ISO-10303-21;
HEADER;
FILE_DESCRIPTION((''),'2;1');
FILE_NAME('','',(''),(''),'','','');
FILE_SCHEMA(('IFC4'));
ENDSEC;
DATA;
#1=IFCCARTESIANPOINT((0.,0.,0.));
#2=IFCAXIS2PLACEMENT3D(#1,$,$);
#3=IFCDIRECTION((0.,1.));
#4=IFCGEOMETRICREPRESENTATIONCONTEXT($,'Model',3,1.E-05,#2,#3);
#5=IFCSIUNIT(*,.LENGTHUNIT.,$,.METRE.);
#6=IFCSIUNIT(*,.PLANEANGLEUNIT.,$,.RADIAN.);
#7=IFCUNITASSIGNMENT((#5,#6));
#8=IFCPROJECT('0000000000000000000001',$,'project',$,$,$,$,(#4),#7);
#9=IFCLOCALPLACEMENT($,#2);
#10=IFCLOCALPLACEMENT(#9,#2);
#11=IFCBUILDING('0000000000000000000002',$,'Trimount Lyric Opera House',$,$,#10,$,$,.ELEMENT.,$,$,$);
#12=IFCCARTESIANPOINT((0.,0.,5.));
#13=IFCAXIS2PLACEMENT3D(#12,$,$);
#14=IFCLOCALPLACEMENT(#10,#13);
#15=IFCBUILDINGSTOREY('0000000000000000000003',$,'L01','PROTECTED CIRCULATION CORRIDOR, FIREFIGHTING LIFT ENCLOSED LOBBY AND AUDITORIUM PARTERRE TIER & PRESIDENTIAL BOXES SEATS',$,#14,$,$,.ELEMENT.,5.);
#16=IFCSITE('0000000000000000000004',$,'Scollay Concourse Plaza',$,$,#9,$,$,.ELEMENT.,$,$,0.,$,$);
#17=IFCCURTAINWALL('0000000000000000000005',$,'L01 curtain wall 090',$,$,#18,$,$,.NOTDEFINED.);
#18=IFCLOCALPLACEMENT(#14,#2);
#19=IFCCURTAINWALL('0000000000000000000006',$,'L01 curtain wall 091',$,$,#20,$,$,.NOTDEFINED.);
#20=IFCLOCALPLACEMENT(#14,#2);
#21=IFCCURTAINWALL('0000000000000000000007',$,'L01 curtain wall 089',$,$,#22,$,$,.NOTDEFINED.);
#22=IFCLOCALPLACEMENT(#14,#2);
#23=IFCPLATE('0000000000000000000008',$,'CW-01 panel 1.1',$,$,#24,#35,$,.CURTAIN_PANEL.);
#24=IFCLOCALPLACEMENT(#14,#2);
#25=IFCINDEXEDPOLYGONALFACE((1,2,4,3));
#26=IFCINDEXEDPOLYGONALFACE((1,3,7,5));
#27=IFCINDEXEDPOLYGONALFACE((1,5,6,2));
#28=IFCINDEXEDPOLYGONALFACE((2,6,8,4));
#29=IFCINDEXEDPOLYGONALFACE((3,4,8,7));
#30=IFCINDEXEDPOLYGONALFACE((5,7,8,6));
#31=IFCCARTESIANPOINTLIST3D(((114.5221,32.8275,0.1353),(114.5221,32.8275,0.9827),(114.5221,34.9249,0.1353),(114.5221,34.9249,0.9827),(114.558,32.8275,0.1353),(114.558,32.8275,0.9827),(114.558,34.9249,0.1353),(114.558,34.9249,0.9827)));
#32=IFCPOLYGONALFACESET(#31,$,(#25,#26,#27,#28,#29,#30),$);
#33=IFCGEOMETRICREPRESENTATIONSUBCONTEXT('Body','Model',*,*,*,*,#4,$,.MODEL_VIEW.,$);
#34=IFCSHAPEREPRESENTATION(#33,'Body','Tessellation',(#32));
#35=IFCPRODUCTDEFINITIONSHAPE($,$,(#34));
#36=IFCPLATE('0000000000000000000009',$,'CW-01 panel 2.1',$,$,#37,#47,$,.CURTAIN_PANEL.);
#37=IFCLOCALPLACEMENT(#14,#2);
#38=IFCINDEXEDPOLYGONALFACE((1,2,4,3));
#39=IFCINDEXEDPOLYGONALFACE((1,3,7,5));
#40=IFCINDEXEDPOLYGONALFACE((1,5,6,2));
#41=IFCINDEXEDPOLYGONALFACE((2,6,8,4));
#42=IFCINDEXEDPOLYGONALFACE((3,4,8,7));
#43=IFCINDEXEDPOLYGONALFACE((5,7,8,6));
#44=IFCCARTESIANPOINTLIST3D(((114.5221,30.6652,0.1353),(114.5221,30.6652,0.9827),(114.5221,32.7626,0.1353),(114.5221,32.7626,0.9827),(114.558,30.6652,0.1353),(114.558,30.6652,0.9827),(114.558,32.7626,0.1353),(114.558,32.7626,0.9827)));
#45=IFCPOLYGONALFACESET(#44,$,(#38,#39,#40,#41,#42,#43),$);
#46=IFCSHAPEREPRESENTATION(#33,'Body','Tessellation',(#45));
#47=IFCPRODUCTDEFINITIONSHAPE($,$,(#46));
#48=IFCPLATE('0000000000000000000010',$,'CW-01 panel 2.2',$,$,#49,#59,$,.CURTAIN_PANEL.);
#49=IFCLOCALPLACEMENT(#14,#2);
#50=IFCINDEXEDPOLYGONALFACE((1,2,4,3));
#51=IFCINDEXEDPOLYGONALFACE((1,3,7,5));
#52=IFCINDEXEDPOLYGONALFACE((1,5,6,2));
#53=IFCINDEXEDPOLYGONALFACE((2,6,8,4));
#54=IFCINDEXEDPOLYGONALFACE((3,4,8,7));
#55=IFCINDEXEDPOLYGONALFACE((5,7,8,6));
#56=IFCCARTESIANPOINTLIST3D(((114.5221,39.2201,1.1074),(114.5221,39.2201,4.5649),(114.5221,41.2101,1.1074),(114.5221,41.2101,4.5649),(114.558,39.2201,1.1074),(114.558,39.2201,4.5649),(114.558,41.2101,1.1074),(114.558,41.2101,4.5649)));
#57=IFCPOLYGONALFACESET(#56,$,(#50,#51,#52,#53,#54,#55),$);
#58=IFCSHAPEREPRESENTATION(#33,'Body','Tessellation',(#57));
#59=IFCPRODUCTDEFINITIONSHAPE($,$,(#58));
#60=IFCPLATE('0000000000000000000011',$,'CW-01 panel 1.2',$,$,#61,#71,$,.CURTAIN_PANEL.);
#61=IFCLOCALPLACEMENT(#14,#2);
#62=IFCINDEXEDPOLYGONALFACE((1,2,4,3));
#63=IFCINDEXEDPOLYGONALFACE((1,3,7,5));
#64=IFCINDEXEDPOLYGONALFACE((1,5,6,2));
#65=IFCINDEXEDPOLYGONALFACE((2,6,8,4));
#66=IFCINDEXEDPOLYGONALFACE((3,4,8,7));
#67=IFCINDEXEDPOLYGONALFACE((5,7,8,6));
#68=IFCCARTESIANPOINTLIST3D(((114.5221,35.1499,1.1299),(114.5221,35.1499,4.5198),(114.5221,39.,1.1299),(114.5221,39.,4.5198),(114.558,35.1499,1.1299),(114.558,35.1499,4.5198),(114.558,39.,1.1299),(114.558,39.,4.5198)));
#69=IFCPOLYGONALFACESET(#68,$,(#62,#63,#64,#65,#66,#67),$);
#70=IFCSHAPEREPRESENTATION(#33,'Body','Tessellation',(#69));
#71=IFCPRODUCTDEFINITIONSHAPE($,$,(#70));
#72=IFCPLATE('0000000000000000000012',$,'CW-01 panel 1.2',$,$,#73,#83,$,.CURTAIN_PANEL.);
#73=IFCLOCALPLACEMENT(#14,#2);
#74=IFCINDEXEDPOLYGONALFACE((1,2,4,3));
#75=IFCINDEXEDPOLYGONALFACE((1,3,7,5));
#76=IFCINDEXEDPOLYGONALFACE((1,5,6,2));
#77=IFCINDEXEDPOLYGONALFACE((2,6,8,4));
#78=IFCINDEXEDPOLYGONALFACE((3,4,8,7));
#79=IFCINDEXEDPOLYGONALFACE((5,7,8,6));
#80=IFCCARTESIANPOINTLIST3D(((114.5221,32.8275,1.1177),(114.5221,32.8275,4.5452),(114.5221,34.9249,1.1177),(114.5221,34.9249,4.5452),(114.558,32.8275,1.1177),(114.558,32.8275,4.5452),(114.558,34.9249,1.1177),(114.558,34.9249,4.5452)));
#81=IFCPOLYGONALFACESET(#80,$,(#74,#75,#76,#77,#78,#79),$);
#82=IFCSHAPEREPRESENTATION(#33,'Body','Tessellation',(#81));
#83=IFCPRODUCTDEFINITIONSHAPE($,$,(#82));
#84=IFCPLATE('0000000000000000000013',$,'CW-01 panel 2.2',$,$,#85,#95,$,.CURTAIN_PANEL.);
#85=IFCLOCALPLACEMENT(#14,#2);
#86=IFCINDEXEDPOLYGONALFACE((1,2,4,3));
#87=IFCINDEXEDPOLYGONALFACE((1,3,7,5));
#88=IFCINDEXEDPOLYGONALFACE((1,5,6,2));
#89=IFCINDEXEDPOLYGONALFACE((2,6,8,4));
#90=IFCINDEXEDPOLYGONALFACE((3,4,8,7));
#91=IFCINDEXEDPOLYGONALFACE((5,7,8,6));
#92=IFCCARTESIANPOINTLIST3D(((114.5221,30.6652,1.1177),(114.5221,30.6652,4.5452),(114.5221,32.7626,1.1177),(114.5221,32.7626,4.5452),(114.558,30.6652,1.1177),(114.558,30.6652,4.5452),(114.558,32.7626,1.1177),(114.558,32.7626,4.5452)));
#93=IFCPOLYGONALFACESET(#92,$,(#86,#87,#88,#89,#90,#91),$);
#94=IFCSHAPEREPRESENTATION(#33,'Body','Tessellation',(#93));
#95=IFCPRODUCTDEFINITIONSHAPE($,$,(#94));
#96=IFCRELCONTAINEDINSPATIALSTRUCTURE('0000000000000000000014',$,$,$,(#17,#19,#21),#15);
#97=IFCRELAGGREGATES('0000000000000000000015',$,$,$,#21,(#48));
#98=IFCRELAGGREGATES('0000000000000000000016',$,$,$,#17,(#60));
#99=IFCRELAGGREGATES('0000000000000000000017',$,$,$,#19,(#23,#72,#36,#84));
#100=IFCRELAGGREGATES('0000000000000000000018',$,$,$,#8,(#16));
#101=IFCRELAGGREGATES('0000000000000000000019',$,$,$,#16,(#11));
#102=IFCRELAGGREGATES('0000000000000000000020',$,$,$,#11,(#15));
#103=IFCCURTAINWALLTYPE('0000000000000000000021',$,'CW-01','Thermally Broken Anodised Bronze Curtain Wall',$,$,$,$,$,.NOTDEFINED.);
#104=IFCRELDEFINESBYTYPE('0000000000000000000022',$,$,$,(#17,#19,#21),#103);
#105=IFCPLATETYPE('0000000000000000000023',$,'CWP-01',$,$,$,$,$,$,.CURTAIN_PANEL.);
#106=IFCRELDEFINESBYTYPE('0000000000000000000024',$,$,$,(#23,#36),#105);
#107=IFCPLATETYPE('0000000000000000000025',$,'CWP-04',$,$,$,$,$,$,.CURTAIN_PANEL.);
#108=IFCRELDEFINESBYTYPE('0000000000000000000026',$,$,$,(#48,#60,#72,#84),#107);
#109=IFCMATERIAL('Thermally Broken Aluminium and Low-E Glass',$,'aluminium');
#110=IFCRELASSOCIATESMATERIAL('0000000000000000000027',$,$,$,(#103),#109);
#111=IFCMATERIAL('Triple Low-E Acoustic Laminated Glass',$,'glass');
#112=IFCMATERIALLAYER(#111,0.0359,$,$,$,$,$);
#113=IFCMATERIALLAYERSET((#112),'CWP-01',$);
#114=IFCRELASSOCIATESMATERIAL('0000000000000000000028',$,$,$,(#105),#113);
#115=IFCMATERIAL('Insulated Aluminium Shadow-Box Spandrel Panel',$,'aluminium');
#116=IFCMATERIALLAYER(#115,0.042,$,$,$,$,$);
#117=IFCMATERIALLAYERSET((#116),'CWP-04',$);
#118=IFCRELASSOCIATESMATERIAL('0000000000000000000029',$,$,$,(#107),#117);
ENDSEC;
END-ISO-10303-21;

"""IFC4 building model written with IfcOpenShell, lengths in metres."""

from ifc_helpers import new_model, si_unit, direction, frame, origin, origin_2d, place, context, subcontext, project, spatial, rectangle, extrude, material, layer, layer_set, type_object, element, aggregate, save


model = new_model("IFC4")

# Units and contexts
model_context = context("Model", 3, precision=1e-05, world=origin(), true_north=direction((0.0, 1.0)))
body_context = subcontext(model_context, "Body", "Model", "MODEL_VIEW")
ifc_project = project(units=[si_unit("LENGTHUNIT", "METRE"), si_unit("PLANEANGLEUNIT", "RADIAN")], contexts=[model_context])

# Site, building, storey
site_placement = place(None, origin())
site = spatial("IfcSite", under=ifc_project, at=site_placement, Name="Scollay Concourse Plaza", CompositionType="ELEMENT", RefElevation=0.0)
building_placement = place(site_placement, origin())
building = spatial("IfcBuilding", under=site, at=building_placement, Name="Trimount Lyric Opera House", CompositionType="ELEMENT")
storey_placement = place(building_placement, frame((0.0, 0.0, 5.0)))
storey = spatial("IfcBuildingStorey", under=building, at=storey_placement, Name="L01", Description="PROTECTED CIRCULATION CORRIDOR, FIREFIGHTING LIFT ENCLOSED LOBBY AND AUDITORIUM PARTERRE TIER & PRESIDENTIAL BOXES SEATS", CompositionType="ELEMENT", Elevation=5.0)

# Curtain walls
ifc_material_1 = material(Name="Thermally Broken Aluminium and Low-E Glass", Category="aluminium")
curtain_wall_type = type_object("IfcCurtainWallType", Name="CW-01", Description="Thermally Broken Anodised Bronze Curtain Wall", PredefinedType="NOTDEFINED", material=ifc_material_1)
curtain_wall_1_placement = place(storey_placement, origin())
curtain_wall_1 = element("IfcCurtainWall", 1, at=curtain_wall_1_placement, inside=storey, type_object=curtain_wall_type, Name="L01 curtain wall 090", PredefinedType="NOTDEFINED")
curtain_wall_2_placement = place(storey_placement, origin())
curtain_wall_2 = element("IfcCurtainWall", 2, at=curtain_wall_2_placement, inside=storey, type_object=curtain_wall_type, Name="L01 curtain wall 091", PredefinedType="NOTDEFINED")
curtain_wall_3_placement = place(storey_placement, origin())
curtain_wall_3 = element("IfcCurtainWall", 3, at=curtain_wall_3_placement, inside=storey, type_object=curtain_wall_type, Name="L01 curtain wall 089", PredefinedType="NOTDEFINED")

# Plates
ifc_material_2 = material(Name="Triple Low-E Acoustic Laminated Glass", Category="glass")
ifc_layer_1 = layer(ifc_material_2, 0.0359)
ifc_layer_set_1 = layer_set([ifc_layer_1], Name="CWP-01")
plate_type_1 = type_object("IfcPlateType", Name="CWP-01", PredefinedType="CURTAIN_PANEL", material=ifc_layer_set_1)
plate_1_placement = place(storey_placement, frame((114.54, 33.8762, 0.1353), z_axis=(0.0, 0.0, 1.0), x_axis=(0.0, -1.0, 0.0)))
plate_1 = element("IfcPlate", 4, at=plate_1_placement, type_object=plate_type_1, Name="CW-01 panel 1.1", PredefinedType="CURTAIN_PANEL", context=body_context, shape_type="SweptSolid", body=[
    extrude(rectangle(XDim=2.0974, YDim=0.0359, at=origin_2d()), origin(), (0.0, 0.0, 1.0), 0.8474),
])
plate_2_placement = place(storey_placement, frame((114.54, 31.7139, 0.1353), z_axis=(0.0, 0.0, 1.0), x_axis=(0.0, -1.0, 0.0)))
plate_2 = element("IfcPlate", 5, at=plate_2_placement, type_object=plate_type_1, Name="CW-01 panel 2.1", PredefinedType="CURTAIN_PANEL", context=body_context, shape_type="SweptSolid", body=[
    extrude(rectangle(XDim=2.0974, YDim=0.0359, at=origin_2d()), origin(), (0.0, 0.0, 1.0), 0.8474),
])
ifc_material_3 = material(Name="Insulated Aluminium Shadow-Box Spandrel Panel", Category="aluminium")
ifc_layer_2 = layer(ifc_material_3, 0.042)
ifc_layer_set_2 = layer_set([ifc_layer_2], Name="CWP-04")
plate_type_2 = type_object("IfcPlateType", Name="CWP-04", PredefinedType="CURTAIN_PANEL", material=ifc_layer_set_2)
plate_3_placement = place(storey_placement, frame((114.54, 40.2151, 1.1074), z_axis=(0.0, 0.0, 1.0), x_axis=(0.0, -1.0, 0.0)))
plate_3 = element("IfcPlate", 6, at=plate_3_placement, type_object=plate_type_2, Name="CW-01 panel 2.2", PredefinedType="CURTAIN_PANEL", context=body_context, shape_type="SweptSolid", body=[
    extrude(rectangle(XDim=1.99, YDim=0.0359, at=origin_2d()), origin(), (0.0, 0.0, 1.0), 3.4575),
])
aggregate(curtain_wall_3, [plate_3])
plate_4_placement = place(storey_placement, frame((114.54, 37.075, 1.1299), z_axis=(0.0, 0.0, 1.0), x_axis=(0.0, -1.0, 0.0)))
plate_4 = element("IfcPlate", 7, at=plate_4_placement, type_object=plate_type_2, Name="CW-01 panel 1.2", PredefinedType="CURTAIN_PANEL", context=body_context, shape_type="SweptSolid", body=[
    extrude(rectangle(XDim=3.8501, YDim=0.0359, at=origin_2d()), origin(), (0.0, 0.0, 1.0), 3.3899),
])
aggregate(curtain_wall_1, [plate_4])
plate_5_placement = place(storey_placement, frame((114.54, 33.8762, 1.1177), z_axis=(0.0, 0.0, 1.0), x_axis=(0.0, -1.0, 0.0)))
plate_5 = element("IfcPlate", 8, at=plate_5_placement, type_object=plate_type_2, Name="CW-01 panel 1.2", PredefinedType="CURTAIN_PANEL", context=body_context, shape_type="SweptSolid", body=[
    extrude(rectangle(XDim=2.0974, YDim=0.0359, at=origin_2d()), origin(), (0.0, 0.0, 1.0), 3.4275),
])
plate_6_placement = place(storey_placement, frame((114.54, 31.7139, 1.1177), z_axis=(0.0, 0.0, 1.0), x_axis=(0.0, -1.0, 0.0)))
plate_6 = element("IfcPlate", 9, at=plate_6_placement, type_object=plate_type_2, Name="CW-01 panel 2.2", PredefinedType="CURTAIN_PANEL", context=body_context, shape_type="SweptSolid", body=[
    extrude(rectangle(XDim=2.0974, YDim=0.0359, at=origin_2d()), origin(), (0.0, 0.0, 1.0), 3.4275),
])
aggregate(curtain_wall_2, [plate_1, plate_5, plate_2, plate_6])

save(model, "model.ifc")
